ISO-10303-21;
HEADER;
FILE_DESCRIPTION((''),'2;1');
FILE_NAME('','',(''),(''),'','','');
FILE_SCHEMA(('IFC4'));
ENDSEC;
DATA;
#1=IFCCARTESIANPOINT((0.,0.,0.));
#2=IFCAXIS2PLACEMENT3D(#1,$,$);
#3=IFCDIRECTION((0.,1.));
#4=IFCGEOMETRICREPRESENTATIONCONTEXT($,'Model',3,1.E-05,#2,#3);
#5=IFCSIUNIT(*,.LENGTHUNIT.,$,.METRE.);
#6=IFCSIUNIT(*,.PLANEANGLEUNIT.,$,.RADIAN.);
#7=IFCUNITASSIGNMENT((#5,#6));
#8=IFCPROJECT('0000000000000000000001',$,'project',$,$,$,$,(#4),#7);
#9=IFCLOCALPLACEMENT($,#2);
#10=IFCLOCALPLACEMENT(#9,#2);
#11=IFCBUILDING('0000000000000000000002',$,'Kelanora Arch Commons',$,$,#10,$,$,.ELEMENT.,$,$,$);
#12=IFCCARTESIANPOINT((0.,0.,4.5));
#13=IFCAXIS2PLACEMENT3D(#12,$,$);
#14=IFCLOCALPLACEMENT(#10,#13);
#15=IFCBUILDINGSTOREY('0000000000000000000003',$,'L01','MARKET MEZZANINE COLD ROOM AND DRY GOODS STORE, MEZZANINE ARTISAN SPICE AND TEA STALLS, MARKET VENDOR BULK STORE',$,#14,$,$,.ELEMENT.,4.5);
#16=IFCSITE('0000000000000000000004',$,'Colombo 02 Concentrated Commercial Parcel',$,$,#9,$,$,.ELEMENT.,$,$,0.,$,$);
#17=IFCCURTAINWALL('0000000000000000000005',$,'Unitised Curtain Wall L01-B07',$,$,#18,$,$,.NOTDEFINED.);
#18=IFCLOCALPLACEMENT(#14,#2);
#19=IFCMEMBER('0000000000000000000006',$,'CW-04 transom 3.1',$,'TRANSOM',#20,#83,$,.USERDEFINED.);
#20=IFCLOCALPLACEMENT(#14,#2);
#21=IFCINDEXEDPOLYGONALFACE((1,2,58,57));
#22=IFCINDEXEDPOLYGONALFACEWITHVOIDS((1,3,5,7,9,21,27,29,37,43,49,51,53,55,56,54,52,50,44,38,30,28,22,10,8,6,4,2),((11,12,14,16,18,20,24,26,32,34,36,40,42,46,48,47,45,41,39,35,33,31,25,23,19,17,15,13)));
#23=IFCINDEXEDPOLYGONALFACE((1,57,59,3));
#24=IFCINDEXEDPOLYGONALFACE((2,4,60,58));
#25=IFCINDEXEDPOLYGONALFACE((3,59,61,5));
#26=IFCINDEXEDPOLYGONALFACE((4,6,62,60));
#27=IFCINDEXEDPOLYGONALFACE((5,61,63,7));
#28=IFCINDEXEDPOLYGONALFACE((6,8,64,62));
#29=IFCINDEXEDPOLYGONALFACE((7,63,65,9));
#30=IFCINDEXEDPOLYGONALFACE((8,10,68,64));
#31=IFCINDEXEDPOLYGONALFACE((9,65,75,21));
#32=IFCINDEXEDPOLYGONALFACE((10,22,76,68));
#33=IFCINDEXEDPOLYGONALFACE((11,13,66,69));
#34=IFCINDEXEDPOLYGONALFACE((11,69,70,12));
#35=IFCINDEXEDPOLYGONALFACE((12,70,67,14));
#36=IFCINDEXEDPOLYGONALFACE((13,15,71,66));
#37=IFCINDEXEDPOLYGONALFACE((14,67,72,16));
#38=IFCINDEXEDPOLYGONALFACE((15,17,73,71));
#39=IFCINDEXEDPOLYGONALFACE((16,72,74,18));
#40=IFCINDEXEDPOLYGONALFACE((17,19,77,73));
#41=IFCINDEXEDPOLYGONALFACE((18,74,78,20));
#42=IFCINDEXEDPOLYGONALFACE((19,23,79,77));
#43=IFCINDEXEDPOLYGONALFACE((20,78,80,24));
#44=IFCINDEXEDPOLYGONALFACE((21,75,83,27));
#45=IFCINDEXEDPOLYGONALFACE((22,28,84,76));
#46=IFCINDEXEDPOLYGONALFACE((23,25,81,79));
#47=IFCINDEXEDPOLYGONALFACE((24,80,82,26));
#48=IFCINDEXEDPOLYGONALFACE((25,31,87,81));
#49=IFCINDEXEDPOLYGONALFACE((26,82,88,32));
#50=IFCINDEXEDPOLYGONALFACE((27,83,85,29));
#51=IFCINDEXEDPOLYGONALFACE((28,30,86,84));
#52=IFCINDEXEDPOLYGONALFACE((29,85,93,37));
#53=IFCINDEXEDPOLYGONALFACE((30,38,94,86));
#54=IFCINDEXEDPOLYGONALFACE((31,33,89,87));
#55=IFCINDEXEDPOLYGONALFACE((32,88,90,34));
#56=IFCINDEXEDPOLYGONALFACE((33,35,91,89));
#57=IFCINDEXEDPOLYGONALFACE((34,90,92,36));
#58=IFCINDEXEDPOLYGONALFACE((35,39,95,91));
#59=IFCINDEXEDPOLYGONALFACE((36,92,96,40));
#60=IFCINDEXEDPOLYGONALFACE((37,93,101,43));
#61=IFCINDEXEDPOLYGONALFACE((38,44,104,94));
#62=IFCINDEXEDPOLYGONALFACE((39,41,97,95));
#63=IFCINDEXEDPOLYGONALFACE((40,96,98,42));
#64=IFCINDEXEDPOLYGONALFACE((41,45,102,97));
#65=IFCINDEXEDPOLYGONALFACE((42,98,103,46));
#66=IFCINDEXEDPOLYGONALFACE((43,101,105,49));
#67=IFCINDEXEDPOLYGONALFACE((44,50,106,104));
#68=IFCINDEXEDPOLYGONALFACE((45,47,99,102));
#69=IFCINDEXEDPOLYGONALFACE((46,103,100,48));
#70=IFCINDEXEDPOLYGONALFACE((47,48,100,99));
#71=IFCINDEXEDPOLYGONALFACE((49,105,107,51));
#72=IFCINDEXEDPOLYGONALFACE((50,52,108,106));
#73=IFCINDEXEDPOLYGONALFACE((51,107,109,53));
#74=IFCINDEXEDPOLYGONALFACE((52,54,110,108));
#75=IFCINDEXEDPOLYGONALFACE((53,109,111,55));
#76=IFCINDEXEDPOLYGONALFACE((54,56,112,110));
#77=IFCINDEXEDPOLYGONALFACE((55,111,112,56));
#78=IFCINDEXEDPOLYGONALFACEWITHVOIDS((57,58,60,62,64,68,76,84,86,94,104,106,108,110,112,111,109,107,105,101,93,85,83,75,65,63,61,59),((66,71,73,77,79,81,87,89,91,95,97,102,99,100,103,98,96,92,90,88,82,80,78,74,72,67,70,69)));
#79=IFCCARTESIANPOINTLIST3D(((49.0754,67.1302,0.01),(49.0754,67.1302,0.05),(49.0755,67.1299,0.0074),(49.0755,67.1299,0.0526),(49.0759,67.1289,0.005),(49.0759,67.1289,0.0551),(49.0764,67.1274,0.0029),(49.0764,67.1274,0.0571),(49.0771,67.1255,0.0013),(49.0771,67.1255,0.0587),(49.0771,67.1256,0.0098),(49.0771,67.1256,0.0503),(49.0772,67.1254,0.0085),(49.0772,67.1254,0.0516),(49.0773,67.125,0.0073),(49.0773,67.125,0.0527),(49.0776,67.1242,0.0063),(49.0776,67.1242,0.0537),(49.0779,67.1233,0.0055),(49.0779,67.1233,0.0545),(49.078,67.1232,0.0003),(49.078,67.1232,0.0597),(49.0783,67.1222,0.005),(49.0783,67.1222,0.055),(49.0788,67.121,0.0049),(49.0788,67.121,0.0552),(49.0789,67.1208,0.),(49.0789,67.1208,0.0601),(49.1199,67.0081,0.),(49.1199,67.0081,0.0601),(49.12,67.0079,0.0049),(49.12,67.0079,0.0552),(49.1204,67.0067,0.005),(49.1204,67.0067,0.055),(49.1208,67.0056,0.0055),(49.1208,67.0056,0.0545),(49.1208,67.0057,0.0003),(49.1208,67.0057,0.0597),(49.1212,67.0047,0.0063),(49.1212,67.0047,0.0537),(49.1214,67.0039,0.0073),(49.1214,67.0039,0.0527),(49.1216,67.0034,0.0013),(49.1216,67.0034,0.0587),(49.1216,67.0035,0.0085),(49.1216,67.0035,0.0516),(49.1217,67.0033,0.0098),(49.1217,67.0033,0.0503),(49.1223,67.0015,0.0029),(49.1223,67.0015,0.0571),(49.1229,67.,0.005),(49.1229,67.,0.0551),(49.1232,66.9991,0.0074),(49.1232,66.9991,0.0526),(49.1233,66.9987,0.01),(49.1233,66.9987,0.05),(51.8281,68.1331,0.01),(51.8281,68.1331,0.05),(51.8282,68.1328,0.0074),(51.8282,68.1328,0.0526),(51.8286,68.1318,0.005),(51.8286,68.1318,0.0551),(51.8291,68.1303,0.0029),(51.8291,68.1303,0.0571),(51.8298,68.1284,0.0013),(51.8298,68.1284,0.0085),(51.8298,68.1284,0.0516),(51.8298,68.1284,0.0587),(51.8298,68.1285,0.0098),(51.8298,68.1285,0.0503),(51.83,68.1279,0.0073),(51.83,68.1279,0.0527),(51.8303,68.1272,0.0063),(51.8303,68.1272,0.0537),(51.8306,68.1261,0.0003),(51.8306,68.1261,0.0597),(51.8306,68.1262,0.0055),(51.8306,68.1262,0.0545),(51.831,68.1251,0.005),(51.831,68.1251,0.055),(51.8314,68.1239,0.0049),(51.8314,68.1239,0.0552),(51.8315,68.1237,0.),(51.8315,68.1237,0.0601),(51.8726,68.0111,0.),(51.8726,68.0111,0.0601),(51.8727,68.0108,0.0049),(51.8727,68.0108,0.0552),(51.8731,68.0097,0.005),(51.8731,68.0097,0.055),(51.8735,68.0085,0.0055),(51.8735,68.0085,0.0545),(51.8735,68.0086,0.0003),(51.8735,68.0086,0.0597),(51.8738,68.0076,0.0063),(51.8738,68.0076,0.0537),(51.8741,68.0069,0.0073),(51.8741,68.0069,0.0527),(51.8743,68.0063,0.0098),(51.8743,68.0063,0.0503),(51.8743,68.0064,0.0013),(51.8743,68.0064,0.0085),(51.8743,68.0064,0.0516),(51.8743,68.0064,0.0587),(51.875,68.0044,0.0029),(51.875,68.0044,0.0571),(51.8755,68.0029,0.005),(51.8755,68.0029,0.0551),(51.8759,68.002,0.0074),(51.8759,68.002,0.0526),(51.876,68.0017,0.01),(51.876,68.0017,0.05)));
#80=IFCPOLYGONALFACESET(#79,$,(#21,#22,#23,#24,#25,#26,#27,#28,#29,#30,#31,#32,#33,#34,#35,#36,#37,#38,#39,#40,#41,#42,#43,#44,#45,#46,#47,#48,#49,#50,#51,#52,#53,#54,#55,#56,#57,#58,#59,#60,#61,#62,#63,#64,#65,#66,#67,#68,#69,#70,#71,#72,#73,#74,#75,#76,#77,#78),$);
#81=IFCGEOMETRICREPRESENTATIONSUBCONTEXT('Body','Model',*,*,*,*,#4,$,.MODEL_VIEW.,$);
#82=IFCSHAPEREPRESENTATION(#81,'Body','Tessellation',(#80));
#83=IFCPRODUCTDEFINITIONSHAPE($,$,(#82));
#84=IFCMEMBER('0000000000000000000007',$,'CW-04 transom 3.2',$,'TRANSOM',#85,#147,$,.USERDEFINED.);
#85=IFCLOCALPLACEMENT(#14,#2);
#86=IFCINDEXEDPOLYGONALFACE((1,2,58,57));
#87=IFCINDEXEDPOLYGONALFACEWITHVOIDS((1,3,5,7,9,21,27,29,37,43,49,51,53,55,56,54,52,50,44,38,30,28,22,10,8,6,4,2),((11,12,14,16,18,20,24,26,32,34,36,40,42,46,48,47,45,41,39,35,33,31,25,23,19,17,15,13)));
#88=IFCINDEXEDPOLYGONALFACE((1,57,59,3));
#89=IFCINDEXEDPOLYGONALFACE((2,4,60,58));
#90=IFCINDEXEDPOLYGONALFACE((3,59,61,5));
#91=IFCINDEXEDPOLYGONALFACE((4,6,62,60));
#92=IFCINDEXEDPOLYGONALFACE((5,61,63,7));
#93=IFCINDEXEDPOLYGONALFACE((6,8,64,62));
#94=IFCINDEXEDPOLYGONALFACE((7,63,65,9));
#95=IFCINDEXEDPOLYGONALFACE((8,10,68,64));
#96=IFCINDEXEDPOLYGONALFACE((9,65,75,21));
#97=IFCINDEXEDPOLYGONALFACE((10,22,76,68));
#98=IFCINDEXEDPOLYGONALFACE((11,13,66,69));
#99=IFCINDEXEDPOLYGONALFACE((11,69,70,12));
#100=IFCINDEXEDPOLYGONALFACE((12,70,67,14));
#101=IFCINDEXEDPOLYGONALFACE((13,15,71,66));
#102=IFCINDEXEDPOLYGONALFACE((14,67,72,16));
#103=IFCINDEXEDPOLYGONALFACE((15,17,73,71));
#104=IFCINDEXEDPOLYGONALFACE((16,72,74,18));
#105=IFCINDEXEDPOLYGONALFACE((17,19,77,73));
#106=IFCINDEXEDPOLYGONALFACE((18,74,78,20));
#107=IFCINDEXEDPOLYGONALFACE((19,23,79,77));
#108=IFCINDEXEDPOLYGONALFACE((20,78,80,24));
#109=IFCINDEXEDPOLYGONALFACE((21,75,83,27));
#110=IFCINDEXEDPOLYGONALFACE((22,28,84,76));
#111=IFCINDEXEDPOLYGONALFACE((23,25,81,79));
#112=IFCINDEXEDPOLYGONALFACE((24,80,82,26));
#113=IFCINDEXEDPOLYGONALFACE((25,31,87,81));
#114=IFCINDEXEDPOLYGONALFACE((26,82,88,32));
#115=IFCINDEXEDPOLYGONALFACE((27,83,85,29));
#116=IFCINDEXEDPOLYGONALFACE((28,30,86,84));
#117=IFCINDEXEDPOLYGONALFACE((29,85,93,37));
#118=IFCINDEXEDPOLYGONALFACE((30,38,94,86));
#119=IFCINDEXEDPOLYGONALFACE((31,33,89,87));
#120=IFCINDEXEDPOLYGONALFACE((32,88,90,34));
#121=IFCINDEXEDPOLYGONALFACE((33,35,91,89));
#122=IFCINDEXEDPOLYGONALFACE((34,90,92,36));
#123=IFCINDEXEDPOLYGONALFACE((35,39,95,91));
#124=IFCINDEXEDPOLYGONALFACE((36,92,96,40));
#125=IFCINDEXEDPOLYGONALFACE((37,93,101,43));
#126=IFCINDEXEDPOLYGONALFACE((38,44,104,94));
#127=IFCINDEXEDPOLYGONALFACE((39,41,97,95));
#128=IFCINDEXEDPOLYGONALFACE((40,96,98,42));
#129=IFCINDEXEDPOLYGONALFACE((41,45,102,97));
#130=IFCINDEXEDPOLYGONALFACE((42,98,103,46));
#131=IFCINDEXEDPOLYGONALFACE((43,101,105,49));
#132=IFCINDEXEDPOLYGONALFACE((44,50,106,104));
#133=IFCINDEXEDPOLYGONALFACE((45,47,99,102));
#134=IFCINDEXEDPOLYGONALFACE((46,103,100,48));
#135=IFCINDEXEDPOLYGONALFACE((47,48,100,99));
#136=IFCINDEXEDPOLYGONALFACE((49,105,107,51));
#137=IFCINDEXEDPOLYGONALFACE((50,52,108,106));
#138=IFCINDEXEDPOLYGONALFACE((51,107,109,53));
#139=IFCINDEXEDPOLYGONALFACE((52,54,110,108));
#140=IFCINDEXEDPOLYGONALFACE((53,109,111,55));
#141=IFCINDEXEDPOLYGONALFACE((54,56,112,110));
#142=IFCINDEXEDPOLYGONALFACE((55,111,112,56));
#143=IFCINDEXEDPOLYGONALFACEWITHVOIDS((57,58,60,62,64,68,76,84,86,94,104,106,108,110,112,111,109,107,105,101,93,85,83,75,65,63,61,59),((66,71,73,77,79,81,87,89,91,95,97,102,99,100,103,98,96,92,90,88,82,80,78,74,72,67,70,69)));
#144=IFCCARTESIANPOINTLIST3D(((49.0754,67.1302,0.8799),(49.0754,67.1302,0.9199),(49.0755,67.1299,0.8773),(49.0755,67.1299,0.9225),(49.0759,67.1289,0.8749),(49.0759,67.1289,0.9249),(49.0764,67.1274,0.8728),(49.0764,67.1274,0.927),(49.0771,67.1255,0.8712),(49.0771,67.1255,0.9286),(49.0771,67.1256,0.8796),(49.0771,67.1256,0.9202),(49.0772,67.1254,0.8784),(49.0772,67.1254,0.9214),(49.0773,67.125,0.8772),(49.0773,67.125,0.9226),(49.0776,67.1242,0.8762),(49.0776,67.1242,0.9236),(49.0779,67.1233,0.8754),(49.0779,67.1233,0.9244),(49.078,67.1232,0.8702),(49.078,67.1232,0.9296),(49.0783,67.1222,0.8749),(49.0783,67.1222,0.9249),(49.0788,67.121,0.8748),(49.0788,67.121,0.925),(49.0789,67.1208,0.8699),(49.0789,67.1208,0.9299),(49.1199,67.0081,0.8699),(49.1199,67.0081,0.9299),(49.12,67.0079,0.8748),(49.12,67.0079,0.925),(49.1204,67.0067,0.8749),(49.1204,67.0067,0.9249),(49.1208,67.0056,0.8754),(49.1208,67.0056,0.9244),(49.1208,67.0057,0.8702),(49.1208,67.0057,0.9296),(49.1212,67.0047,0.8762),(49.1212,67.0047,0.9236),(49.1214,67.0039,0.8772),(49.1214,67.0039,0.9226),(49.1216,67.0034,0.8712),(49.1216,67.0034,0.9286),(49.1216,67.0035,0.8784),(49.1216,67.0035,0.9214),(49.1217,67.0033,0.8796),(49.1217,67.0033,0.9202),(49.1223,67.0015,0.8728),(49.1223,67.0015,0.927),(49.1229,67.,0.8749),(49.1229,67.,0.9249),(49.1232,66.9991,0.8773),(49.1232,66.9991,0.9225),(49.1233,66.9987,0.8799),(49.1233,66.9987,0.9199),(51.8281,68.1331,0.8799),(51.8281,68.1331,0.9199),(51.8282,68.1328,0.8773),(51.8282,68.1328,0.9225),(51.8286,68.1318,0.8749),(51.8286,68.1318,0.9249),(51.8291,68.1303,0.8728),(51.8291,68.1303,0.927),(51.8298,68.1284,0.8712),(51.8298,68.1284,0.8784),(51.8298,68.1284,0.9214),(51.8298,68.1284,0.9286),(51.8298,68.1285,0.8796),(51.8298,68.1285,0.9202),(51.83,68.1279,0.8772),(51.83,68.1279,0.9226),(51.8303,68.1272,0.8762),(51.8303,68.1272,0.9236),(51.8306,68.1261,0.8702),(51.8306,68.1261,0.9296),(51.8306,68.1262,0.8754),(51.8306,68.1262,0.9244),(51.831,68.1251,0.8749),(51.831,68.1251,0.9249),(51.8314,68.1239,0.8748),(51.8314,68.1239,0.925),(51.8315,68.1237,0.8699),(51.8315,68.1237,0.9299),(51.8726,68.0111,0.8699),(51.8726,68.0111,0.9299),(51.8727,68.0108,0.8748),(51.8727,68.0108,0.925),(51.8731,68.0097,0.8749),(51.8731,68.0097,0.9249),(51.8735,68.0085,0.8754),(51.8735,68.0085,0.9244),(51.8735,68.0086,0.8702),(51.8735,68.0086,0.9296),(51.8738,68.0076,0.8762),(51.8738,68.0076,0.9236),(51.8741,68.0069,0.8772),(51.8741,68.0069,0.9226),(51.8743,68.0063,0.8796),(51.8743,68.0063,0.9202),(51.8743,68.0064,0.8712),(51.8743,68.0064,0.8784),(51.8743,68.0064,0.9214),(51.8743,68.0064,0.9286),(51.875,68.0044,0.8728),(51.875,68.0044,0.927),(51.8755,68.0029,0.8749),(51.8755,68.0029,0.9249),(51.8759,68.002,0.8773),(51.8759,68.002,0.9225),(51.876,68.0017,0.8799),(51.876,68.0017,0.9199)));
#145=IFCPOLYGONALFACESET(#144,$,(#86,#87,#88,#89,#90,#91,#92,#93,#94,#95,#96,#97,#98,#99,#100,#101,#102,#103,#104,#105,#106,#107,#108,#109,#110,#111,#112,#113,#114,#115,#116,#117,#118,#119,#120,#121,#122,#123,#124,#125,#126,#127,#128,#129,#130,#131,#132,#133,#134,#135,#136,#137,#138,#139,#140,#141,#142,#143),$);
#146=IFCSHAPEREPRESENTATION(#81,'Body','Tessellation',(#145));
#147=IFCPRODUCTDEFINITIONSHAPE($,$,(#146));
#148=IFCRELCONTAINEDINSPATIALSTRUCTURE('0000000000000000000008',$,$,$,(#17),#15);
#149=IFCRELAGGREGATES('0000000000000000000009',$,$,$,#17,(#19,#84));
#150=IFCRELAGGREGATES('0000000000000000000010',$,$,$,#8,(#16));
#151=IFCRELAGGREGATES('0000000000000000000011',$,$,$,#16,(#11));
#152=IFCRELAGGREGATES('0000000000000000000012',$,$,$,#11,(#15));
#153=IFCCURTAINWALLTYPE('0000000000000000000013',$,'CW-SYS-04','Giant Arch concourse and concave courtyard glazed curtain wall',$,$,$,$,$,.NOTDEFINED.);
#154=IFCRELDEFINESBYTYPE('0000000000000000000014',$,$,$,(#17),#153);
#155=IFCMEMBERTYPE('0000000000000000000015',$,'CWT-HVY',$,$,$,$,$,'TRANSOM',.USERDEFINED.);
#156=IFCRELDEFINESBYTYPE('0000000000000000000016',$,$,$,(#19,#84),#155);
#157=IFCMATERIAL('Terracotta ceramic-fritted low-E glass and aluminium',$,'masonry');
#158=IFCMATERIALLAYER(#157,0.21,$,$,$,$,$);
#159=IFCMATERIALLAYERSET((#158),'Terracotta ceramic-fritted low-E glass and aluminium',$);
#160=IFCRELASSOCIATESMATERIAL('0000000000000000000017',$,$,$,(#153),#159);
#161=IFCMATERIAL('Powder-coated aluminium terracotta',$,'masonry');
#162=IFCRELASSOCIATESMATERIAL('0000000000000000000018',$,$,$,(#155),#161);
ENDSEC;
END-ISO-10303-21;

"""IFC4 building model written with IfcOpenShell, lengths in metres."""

from ifc_helpers import new_model, si_unit, direction, frame, origin, origin_2d, place, context, subcontext, project, spatial, hollow_rectangle, extrude, material, layer, layer_set, material_profile, profile_set, type_object, element, aggregate, save


model = new_model("IFC4")

# Units and contexts
model_context = context("Model", 3, precision=1e-05, world=origin(), true_north=direction((0.0, 1.0)))
body_context = subcontext(model_context, "Body", "Model", "MODEL_VIEW")
ifc_project = project(units=[si_unit("LENGTHUNIT", "METRE"), si_unit("PLANEANGLEUNIT", "RADIAN")], contexts=[model_context])

# Site, building, storey
site_placement = place(None, origin())
site = spatial("IfcSite", under=ifc_project, at=site_placement, Name="Colombo 02 Concentrated Commercial Parcel", CompositionType="ELEMENT", RefElevation=0.0)
building_placement = place(site_placement, origin())
building = spatial("IfcBuilding", under=site, at=building_placement, Name="Kelanora Arch Commons", CompositionType="ELEMENT")
storey_placement = place(building_placement, frame((0.0, 0.0, 4.5)))
storey = spatial("IfcBuildingStorey", under=building, at=storey_placement, Name="L01", Description="MARKET MEZZANINE COLD ROOM AND DRY GOODS STORE, MEZZANINE ARTISAN SPICE AND TEA STALLS, MARKET VENDOR BULK STORE", CompositionType="ELEMENT", Elevation=4.5)

# Curtain wall
ifc_material_1 = material(Name="Terracotta ceramic-fritted low-E glass and aluminium", Category="masonry")
ifc_layer_1 = layer(ifc_material_1, 0.21)
ifc_layer_set_1 = layer_set([ifc_layer_1], Name="Terracotta ceramic-fritted low-E glass and aluminium")
curtain_wall_type_1 = type_object("IfcCurtainWallType", Name="CW-SYS-04", Description="Giant Arch concourse and concave courtyard glazed curtain wall", PredefinedType="NOTDEFINED", material=ifc_layer_set_1)
curtain_wall_1_placement = place(storey_placement, origin())
curtain_wall_1 = element("IfcCurtainWall", 1, at=curtain_wall_1_placement, inside=storey, type_object=curtain_wall_type_1, Name="Unitised Curtain Wall L01-B07", PredefinedType="NOTDEFINED")
ifc_material_2 = material(Name="Powder-coated aluminium terracotta", Category="masonry")

# Members
ifc_material_profile_1 = material_profile(ifc_material_2, hollow_rectangle(XDim=0.1399, YDim=0.0601, WallThickness=0.0049, InnerFilletRadius=0.0049, OuterFilletRadius=0.01, at=origin_2d()), Name="CWT140x60")
ifc_profile_set_1 = profile_set([ifc_material_profile_1], Name="Powder-coated aluminium terracotta")
member_type_1 = type_object("IfcMemberType", Name="CWT-HVY", ElementType="TRANSOM", PredefinedType="USERDEFINED", material=ifc_profile_set_1)
member_1_placement = place(storey_placement, frame((51.8521, 68.0674, 0.03), z_axis=(-0.939579, -0.342332, 0.0), x_axis=(0.342332, -0.939579, 0.0)))
member_1 = element("IfcMember", 2, at=member_1_placement, type_object=member_type_1, Name="CW-04 transom 3.1", ObjectType="TRANSOM", PredefinedType="USERDEFINED", context=body_context, shape_type="SweptSolid", body=[
    extrude(hollow_rectangle(XDim=0.1399, YDim=0.0601, WallThickness=0.0049, InnerFilletRadius=0.0049, OuterFilletRadius=0.01, at=origin_2d()), origin(), (0.0, 0.0, 1.0), 2.9297),
])
member_2_placement = place(storey_placement, frame((51.8521, 68.0674, 0.8999), z_axis=(-0.939579, -0.342332, 0.0), x_axis=(0.342332, -0.939579, 0.0)))
member_2 = element("IfcMember", 3, at=member_2_placement, type_object=member_type_1, Name="CW-04 transom 3.2", ObjectType="TRANSOM", PredefinedType="USERDEFINED", context=body_context, shape_type="SweptSolid", body=[
    extrude(hollow_rectangle(XDim=0.1399, YDim=0.0601, WallThickness=0.0049, InnerFilletRadius=0.0049, OuterFilletRadius=0.01, at=origin_2d()), origin(), (0.0, 0.0, 1.0), 2.9297),
])

aggregate(curtain_wall_1, [member_1, member_2])

save(model, "model.ifc")
